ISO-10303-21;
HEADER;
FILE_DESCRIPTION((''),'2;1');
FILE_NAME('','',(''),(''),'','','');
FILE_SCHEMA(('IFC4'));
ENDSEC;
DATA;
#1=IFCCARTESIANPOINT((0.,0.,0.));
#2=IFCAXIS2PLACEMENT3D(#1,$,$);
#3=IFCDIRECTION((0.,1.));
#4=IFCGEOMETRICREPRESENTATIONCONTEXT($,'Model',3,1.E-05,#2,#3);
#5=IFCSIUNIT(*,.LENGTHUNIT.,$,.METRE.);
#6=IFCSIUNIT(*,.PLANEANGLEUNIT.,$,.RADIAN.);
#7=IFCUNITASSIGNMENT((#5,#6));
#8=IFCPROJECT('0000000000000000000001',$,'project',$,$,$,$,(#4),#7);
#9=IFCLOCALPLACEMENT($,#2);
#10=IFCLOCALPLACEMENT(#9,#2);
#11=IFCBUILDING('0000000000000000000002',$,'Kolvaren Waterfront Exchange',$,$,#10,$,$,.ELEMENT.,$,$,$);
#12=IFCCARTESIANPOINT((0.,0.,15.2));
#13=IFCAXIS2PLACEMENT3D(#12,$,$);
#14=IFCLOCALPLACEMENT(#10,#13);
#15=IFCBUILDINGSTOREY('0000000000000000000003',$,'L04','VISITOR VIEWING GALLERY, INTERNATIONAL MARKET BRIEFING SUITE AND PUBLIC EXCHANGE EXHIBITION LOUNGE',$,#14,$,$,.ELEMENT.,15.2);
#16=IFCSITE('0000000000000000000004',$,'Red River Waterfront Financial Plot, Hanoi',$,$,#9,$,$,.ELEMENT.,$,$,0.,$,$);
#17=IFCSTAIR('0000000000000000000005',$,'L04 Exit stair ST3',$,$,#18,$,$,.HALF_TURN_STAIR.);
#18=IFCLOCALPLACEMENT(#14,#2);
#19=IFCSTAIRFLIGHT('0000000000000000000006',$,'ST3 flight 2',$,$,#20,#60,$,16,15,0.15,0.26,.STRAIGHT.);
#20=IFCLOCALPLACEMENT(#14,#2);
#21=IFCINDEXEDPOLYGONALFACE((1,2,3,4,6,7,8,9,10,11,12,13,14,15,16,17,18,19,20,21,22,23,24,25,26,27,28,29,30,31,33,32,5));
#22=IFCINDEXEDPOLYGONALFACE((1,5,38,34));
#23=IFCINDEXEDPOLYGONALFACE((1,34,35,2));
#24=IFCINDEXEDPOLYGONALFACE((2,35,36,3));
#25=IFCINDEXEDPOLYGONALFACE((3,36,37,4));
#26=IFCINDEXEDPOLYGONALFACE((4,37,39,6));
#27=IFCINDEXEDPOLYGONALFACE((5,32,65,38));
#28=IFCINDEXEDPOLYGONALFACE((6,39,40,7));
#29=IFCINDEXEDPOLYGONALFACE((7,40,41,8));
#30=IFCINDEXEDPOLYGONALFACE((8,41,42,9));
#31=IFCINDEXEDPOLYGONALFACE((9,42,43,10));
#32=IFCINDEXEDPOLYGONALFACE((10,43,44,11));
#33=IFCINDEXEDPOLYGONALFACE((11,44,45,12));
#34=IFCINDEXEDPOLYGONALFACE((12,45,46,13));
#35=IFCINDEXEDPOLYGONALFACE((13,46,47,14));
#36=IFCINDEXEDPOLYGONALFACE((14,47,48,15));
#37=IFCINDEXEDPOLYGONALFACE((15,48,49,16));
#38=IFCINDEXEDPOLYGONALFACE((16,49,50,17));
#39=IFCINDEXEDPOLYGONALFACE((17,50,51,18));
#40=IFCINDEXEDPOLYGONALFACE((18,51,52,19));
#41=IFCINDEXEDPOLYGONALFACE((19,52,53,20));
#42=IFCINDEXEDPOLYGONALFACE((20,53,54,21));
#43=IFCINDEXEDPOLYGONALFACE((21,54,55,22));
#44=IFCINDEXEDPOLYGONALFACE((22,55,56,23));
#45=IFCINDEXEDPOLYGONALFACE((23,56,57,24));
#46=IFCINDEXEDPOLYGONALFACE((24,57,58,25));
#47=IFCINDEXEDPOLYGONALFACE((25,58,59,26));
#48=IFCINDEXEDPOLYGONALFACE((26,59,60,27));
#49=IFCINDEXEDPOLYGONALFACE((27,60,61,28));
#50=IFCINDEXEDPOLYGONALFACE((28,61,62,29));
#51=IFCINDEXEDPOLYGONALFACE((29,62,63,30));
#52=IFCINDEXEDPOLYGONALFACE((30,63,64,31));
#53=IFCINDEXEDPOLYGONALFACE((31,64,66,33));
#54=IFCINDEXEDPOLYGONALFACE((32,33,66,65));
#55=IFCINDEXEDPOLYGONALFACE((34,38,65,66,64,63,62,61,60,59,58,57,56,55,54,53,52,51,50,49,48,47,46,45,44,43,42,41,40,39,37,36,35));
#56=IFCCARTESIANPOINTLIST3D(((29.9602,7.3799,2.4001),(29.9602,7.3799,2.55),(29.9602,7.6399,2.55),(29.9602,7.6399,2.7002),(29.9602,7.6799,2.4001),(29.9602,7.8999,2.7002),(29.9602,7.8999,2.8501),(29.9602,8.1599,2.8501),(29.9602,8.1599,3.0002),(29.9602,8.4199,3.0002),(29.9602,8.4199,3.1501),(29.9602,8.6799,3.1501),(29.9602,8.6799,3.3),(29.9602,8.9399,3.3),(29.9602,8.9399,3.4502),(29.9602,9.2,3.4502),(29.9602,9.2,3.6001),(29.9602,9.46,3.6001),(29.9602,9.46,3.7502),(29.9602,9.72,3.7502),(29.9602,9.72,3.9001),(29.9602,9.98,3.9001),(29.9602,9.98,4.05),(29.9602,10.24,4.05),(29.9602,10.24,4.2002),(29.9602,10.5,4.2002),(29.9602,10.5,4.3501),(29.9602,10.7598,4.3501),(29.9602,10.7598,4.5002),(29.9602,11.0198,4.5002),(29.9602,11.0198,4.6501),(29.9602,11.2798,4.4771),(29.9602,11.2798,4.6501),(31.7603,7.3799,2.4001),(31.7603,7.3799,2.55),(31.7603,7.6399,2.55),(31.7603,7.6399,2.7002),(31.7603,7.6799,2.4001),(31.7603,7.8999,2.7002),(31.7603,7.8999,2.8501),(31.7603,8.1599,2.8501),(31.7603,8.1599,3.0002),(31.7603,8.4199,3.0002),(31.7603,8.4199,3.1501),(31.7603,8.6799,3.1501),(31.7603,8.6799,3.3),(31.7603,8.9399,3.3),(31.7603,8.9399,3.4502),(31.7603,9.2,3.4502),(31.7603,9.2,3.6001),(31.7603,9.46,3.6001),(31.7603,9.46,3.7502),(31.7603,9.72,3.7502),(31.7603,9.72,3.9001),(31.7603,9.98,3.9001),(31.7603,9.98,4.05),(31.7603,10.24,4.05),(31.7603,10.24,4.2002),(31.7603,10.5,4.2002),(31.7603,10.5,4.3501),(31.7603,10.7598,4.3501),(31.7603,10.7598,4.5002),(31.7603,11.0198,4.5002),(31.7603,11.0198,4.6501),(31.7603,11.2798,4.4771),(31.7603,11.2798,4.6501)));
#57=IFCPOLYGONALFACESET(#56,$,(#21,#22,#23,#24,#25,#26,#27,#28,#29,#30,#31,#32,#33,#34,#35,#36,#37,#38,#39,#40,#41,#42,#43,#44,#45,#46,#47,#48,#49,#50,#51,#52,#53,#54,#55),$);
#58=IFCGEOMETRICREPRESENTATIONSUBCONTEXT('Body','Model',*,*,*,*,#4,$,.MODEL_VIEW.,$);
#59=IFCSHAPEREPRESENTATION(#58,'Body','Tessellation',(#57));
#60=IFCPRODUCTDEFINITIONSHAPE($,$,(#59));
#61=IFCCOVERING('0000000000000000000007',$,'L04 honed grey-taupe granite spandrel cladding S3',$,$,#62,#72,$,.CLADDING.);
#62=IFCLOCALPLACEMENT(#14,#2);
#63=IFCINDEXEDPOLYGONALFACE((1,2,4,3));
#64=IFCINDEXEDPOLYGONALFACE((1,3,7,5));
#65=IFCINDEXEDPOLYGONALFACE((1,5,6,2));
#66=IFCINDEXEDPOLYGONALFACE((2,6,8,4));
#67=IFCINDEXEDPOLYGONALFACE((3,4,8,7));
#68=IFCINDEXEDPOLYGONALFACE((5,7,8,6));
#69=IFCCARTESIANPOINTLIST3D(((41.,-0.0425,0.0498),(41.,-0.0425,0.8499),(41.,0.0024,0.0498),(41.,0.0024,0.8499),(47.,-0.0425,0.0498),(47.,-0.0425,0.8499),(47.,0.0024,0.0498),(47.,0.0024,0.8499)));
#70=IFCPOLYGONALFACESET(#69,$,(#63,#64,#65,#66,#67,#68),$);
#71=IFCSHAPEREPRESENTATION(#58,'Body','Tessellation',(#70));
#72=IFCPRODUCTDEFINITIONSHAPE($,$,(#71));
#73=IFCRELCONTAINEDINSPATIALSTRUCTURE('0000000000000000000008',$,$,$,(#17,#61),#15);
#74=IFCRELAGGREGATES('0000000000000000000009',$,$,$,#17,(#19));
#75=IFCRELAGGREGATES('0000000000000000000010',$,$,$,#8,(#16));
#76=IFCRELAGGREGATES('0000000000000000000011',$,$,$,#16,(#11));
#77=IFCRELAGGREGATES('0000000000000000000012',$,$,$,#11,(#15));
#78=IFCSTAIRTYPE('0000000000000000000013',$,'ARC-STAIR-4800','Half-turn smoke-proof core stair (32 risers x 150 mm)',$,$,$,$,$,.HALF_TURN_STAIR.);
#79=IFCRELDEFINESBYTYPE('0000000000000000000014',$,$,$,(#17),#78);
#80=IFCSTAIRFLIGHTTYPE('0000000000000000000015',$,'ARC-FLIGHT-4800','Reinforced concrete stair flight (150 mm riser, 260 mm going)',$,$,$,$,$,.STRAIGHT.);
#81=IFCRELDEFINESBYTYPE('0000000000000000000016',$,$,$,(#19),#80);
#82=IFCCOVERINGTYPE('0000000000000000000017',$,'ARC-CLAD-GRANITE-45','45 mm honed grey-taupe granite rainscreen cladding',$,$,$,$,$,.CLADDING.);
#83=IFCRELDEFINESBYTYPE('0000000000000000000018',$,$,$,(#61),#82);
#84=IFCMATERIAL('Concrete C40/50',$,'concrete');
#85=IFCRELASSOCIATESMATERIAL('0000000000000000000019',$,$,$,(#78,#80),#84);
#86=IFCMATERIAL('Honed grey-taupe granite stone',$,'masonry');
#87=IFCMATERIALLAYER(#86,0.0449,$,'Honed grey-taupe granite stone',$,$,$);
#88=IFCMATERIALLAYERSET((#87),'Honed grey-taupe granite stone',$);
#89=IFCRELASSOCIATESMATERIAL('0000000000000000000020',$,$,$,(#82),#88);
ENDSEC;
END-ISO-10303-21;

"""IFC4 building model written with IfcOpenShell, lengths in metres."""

from ifc_helpers import new_model, si_unit, direction, frame, origin, origin_2d, place, context, subcontext, project, spatial, polyline, rectangle, outline, extrude, material, layer, layer_set, type_object, element, aggregate, save


model = new_model("IFC4")

# Units and contexts
model_context = context("Model", 3, precision=1e-05, world=origin(), true_north=direction((0.0, 1.0)))
body_context = subcontext(model_context, "Body", "Model", "MODEL_VIEW")
ifc_project = project(units=[si_unit("LENGTHUNIT", "METRE"), si_unit("PLANEANGLEUNIT", "RADIAN")], contexts=[model_context])

# Site, building, storey
site_placement = place(None, origin())
site = spatial("IfcSite", under=ifc_project, at=site_placement, Name="Red River Waterfront Financial Plot, Hanoi", CompositionType="ELEMENT", RefElevation=0.0)
building_placement = place(site_placement, origin())
building = spatial("IfcBuilding", under=site, at=building_placement, Name="Kolvaren Waterfront Exchange", CompositionType="ELEMENT")
storey_placement = place(building_placement, frame((0.0, 0.0, 15.2)))
storey = spatial("IfcBuildingStorey", under=building, at=storey_placement, Name="L04", Description="VISITOR VIEWING GALLERY, INTERNATIONAL MARKET BRIEFING SUITE AND PUBLIC EXCHANGE EXHIBITION LOUNGE", CompositionType="ELEMENT", Elevation=15.2)

# Shared definitions
ifc_material_1 = material(Name="Concrete C40/50", Category="concrete")

# Stair, stair flight
stair_type = type_object("IfcStairType", Name="ARC-STAIR-4800", Description="Half-turn smoke-proof core stair (32 risers x 150 mm)", PredefinedType="HALF_TURN_STAIR", material=ifc_material_1)
stair_placement = place(storey_placement, origin())
stair = element("IfcStair", 1, at=stair_placement, inside=storey, type_object=stair_type, Name="L04 Exit stair ST3", PredefinedType="HALF_TURN_STAIR")
stair_flight_type = type_object("IfcStairFlightType", Name="ARC-FLIGHT-4800", Description="Reinforced concrete stair flight (150 mm riser, 260 mm going)", PredefinedType="STRAIGHT", material=ifc_material_1)
stair_flight_placement = place(storey_placement, frame((30.8601, 7.3799, 2.4001), z_axis=(0.0, 0.0, 1.0), x_axis=(0.0, 1.0, 0.0)))
stair_flight = element("IfcStairFlight", 2, at=stair_flight_placement, type_object=stair_flight_type, Name="ST3 flight 2", NumberOfRisers=16, NumberOfTreads=15, PredefinedType="STRAIGHT", RiserHeight=0.15, TreadLength=0.26, context=body_context, shape_type="SweptSolid", body=[
    extrude(outline(polyline([(0.0, 0.0), (0.0, 0.1499), (0.26, 0.1499), (0.26, 0.3), (0.52, 0.3), (0.52, 0.45), (0.78, 0.45), (0.78, 0.6001), (1.04, 0.6001), (1.04, 0.75), (1.3, 0.75), (1.3, 0.8999), (1.5601, 0.8999), (1.5601, 1.05), (1.8201, 1.05), (1.8201, 1.2), (2.0801, 1.2), (2.0801, 1.3501), (2.3401, 1.3501), (2.3401, 1.5), (2.6001, 1.5), (2.6001, 1.6499), (2.8601, 1.6499), (2.8601, 1.8), (3.1201, 1.8), (3.1201, 1.95), (3.3799, 1.95), (3.3799, 2.1001), (3.6399, 2.1001), (3.6399, 2.25), (3.8999, 2.25), (3.8999, 2.3999), (3.8999, 2.0769), (0.3, 0.0), (0.0, 0.0)])), frame((0.0, 0.8999, 0.0), z_axis=(0.0, -1.0, 0.0), x_axis=(1.0, 0.0, 0.0)), (0.0, 0.0, 1.0), 1.8),
])
aggregate(stair, [stair_flight])

# Covering
ifc_material_2 = material(Name="Honed grey-taupe granite stone", Category="masonry")
ifc_layer_1 = layer(ifc_material_2, 0.0449, Name="Honed grey-taupe granite stone")
ifc_layer_set_1 = layer_set([ifc_layer_1], Name="Honed grey-taupe granite stone")
covering_type = type_object("IfcCoveringType", Name="ARC-CLAD-GRANITE-45", Description="45 mm honed grey-taupe granite rainscreen cladding", PredefinedType="CLADDING", material=ifc_layer_set_1)
covering_placement = place(storey_placement, frame((44.0, -0.02, 0.0498), z_axis=(0.0, 0.0, 1.0), x_axis=(1.0, 0.0, 0.0)))
element("IfcCovering", 3, at=covering_placement, inside=storey, type_object=covering_type, Name="L04 honed grey-taupe granite spandrel cladding S3", PredefinedType="CLADDING", context=body_context, shape_type="SweptSolid", body=[
    extrude(rectangle(XDim=6.0, YDim=0.0449, at=origin_2d()), origin(), (0.0, 0.0, 1.0), 0.8),
])

save(model, "model.ifc")
